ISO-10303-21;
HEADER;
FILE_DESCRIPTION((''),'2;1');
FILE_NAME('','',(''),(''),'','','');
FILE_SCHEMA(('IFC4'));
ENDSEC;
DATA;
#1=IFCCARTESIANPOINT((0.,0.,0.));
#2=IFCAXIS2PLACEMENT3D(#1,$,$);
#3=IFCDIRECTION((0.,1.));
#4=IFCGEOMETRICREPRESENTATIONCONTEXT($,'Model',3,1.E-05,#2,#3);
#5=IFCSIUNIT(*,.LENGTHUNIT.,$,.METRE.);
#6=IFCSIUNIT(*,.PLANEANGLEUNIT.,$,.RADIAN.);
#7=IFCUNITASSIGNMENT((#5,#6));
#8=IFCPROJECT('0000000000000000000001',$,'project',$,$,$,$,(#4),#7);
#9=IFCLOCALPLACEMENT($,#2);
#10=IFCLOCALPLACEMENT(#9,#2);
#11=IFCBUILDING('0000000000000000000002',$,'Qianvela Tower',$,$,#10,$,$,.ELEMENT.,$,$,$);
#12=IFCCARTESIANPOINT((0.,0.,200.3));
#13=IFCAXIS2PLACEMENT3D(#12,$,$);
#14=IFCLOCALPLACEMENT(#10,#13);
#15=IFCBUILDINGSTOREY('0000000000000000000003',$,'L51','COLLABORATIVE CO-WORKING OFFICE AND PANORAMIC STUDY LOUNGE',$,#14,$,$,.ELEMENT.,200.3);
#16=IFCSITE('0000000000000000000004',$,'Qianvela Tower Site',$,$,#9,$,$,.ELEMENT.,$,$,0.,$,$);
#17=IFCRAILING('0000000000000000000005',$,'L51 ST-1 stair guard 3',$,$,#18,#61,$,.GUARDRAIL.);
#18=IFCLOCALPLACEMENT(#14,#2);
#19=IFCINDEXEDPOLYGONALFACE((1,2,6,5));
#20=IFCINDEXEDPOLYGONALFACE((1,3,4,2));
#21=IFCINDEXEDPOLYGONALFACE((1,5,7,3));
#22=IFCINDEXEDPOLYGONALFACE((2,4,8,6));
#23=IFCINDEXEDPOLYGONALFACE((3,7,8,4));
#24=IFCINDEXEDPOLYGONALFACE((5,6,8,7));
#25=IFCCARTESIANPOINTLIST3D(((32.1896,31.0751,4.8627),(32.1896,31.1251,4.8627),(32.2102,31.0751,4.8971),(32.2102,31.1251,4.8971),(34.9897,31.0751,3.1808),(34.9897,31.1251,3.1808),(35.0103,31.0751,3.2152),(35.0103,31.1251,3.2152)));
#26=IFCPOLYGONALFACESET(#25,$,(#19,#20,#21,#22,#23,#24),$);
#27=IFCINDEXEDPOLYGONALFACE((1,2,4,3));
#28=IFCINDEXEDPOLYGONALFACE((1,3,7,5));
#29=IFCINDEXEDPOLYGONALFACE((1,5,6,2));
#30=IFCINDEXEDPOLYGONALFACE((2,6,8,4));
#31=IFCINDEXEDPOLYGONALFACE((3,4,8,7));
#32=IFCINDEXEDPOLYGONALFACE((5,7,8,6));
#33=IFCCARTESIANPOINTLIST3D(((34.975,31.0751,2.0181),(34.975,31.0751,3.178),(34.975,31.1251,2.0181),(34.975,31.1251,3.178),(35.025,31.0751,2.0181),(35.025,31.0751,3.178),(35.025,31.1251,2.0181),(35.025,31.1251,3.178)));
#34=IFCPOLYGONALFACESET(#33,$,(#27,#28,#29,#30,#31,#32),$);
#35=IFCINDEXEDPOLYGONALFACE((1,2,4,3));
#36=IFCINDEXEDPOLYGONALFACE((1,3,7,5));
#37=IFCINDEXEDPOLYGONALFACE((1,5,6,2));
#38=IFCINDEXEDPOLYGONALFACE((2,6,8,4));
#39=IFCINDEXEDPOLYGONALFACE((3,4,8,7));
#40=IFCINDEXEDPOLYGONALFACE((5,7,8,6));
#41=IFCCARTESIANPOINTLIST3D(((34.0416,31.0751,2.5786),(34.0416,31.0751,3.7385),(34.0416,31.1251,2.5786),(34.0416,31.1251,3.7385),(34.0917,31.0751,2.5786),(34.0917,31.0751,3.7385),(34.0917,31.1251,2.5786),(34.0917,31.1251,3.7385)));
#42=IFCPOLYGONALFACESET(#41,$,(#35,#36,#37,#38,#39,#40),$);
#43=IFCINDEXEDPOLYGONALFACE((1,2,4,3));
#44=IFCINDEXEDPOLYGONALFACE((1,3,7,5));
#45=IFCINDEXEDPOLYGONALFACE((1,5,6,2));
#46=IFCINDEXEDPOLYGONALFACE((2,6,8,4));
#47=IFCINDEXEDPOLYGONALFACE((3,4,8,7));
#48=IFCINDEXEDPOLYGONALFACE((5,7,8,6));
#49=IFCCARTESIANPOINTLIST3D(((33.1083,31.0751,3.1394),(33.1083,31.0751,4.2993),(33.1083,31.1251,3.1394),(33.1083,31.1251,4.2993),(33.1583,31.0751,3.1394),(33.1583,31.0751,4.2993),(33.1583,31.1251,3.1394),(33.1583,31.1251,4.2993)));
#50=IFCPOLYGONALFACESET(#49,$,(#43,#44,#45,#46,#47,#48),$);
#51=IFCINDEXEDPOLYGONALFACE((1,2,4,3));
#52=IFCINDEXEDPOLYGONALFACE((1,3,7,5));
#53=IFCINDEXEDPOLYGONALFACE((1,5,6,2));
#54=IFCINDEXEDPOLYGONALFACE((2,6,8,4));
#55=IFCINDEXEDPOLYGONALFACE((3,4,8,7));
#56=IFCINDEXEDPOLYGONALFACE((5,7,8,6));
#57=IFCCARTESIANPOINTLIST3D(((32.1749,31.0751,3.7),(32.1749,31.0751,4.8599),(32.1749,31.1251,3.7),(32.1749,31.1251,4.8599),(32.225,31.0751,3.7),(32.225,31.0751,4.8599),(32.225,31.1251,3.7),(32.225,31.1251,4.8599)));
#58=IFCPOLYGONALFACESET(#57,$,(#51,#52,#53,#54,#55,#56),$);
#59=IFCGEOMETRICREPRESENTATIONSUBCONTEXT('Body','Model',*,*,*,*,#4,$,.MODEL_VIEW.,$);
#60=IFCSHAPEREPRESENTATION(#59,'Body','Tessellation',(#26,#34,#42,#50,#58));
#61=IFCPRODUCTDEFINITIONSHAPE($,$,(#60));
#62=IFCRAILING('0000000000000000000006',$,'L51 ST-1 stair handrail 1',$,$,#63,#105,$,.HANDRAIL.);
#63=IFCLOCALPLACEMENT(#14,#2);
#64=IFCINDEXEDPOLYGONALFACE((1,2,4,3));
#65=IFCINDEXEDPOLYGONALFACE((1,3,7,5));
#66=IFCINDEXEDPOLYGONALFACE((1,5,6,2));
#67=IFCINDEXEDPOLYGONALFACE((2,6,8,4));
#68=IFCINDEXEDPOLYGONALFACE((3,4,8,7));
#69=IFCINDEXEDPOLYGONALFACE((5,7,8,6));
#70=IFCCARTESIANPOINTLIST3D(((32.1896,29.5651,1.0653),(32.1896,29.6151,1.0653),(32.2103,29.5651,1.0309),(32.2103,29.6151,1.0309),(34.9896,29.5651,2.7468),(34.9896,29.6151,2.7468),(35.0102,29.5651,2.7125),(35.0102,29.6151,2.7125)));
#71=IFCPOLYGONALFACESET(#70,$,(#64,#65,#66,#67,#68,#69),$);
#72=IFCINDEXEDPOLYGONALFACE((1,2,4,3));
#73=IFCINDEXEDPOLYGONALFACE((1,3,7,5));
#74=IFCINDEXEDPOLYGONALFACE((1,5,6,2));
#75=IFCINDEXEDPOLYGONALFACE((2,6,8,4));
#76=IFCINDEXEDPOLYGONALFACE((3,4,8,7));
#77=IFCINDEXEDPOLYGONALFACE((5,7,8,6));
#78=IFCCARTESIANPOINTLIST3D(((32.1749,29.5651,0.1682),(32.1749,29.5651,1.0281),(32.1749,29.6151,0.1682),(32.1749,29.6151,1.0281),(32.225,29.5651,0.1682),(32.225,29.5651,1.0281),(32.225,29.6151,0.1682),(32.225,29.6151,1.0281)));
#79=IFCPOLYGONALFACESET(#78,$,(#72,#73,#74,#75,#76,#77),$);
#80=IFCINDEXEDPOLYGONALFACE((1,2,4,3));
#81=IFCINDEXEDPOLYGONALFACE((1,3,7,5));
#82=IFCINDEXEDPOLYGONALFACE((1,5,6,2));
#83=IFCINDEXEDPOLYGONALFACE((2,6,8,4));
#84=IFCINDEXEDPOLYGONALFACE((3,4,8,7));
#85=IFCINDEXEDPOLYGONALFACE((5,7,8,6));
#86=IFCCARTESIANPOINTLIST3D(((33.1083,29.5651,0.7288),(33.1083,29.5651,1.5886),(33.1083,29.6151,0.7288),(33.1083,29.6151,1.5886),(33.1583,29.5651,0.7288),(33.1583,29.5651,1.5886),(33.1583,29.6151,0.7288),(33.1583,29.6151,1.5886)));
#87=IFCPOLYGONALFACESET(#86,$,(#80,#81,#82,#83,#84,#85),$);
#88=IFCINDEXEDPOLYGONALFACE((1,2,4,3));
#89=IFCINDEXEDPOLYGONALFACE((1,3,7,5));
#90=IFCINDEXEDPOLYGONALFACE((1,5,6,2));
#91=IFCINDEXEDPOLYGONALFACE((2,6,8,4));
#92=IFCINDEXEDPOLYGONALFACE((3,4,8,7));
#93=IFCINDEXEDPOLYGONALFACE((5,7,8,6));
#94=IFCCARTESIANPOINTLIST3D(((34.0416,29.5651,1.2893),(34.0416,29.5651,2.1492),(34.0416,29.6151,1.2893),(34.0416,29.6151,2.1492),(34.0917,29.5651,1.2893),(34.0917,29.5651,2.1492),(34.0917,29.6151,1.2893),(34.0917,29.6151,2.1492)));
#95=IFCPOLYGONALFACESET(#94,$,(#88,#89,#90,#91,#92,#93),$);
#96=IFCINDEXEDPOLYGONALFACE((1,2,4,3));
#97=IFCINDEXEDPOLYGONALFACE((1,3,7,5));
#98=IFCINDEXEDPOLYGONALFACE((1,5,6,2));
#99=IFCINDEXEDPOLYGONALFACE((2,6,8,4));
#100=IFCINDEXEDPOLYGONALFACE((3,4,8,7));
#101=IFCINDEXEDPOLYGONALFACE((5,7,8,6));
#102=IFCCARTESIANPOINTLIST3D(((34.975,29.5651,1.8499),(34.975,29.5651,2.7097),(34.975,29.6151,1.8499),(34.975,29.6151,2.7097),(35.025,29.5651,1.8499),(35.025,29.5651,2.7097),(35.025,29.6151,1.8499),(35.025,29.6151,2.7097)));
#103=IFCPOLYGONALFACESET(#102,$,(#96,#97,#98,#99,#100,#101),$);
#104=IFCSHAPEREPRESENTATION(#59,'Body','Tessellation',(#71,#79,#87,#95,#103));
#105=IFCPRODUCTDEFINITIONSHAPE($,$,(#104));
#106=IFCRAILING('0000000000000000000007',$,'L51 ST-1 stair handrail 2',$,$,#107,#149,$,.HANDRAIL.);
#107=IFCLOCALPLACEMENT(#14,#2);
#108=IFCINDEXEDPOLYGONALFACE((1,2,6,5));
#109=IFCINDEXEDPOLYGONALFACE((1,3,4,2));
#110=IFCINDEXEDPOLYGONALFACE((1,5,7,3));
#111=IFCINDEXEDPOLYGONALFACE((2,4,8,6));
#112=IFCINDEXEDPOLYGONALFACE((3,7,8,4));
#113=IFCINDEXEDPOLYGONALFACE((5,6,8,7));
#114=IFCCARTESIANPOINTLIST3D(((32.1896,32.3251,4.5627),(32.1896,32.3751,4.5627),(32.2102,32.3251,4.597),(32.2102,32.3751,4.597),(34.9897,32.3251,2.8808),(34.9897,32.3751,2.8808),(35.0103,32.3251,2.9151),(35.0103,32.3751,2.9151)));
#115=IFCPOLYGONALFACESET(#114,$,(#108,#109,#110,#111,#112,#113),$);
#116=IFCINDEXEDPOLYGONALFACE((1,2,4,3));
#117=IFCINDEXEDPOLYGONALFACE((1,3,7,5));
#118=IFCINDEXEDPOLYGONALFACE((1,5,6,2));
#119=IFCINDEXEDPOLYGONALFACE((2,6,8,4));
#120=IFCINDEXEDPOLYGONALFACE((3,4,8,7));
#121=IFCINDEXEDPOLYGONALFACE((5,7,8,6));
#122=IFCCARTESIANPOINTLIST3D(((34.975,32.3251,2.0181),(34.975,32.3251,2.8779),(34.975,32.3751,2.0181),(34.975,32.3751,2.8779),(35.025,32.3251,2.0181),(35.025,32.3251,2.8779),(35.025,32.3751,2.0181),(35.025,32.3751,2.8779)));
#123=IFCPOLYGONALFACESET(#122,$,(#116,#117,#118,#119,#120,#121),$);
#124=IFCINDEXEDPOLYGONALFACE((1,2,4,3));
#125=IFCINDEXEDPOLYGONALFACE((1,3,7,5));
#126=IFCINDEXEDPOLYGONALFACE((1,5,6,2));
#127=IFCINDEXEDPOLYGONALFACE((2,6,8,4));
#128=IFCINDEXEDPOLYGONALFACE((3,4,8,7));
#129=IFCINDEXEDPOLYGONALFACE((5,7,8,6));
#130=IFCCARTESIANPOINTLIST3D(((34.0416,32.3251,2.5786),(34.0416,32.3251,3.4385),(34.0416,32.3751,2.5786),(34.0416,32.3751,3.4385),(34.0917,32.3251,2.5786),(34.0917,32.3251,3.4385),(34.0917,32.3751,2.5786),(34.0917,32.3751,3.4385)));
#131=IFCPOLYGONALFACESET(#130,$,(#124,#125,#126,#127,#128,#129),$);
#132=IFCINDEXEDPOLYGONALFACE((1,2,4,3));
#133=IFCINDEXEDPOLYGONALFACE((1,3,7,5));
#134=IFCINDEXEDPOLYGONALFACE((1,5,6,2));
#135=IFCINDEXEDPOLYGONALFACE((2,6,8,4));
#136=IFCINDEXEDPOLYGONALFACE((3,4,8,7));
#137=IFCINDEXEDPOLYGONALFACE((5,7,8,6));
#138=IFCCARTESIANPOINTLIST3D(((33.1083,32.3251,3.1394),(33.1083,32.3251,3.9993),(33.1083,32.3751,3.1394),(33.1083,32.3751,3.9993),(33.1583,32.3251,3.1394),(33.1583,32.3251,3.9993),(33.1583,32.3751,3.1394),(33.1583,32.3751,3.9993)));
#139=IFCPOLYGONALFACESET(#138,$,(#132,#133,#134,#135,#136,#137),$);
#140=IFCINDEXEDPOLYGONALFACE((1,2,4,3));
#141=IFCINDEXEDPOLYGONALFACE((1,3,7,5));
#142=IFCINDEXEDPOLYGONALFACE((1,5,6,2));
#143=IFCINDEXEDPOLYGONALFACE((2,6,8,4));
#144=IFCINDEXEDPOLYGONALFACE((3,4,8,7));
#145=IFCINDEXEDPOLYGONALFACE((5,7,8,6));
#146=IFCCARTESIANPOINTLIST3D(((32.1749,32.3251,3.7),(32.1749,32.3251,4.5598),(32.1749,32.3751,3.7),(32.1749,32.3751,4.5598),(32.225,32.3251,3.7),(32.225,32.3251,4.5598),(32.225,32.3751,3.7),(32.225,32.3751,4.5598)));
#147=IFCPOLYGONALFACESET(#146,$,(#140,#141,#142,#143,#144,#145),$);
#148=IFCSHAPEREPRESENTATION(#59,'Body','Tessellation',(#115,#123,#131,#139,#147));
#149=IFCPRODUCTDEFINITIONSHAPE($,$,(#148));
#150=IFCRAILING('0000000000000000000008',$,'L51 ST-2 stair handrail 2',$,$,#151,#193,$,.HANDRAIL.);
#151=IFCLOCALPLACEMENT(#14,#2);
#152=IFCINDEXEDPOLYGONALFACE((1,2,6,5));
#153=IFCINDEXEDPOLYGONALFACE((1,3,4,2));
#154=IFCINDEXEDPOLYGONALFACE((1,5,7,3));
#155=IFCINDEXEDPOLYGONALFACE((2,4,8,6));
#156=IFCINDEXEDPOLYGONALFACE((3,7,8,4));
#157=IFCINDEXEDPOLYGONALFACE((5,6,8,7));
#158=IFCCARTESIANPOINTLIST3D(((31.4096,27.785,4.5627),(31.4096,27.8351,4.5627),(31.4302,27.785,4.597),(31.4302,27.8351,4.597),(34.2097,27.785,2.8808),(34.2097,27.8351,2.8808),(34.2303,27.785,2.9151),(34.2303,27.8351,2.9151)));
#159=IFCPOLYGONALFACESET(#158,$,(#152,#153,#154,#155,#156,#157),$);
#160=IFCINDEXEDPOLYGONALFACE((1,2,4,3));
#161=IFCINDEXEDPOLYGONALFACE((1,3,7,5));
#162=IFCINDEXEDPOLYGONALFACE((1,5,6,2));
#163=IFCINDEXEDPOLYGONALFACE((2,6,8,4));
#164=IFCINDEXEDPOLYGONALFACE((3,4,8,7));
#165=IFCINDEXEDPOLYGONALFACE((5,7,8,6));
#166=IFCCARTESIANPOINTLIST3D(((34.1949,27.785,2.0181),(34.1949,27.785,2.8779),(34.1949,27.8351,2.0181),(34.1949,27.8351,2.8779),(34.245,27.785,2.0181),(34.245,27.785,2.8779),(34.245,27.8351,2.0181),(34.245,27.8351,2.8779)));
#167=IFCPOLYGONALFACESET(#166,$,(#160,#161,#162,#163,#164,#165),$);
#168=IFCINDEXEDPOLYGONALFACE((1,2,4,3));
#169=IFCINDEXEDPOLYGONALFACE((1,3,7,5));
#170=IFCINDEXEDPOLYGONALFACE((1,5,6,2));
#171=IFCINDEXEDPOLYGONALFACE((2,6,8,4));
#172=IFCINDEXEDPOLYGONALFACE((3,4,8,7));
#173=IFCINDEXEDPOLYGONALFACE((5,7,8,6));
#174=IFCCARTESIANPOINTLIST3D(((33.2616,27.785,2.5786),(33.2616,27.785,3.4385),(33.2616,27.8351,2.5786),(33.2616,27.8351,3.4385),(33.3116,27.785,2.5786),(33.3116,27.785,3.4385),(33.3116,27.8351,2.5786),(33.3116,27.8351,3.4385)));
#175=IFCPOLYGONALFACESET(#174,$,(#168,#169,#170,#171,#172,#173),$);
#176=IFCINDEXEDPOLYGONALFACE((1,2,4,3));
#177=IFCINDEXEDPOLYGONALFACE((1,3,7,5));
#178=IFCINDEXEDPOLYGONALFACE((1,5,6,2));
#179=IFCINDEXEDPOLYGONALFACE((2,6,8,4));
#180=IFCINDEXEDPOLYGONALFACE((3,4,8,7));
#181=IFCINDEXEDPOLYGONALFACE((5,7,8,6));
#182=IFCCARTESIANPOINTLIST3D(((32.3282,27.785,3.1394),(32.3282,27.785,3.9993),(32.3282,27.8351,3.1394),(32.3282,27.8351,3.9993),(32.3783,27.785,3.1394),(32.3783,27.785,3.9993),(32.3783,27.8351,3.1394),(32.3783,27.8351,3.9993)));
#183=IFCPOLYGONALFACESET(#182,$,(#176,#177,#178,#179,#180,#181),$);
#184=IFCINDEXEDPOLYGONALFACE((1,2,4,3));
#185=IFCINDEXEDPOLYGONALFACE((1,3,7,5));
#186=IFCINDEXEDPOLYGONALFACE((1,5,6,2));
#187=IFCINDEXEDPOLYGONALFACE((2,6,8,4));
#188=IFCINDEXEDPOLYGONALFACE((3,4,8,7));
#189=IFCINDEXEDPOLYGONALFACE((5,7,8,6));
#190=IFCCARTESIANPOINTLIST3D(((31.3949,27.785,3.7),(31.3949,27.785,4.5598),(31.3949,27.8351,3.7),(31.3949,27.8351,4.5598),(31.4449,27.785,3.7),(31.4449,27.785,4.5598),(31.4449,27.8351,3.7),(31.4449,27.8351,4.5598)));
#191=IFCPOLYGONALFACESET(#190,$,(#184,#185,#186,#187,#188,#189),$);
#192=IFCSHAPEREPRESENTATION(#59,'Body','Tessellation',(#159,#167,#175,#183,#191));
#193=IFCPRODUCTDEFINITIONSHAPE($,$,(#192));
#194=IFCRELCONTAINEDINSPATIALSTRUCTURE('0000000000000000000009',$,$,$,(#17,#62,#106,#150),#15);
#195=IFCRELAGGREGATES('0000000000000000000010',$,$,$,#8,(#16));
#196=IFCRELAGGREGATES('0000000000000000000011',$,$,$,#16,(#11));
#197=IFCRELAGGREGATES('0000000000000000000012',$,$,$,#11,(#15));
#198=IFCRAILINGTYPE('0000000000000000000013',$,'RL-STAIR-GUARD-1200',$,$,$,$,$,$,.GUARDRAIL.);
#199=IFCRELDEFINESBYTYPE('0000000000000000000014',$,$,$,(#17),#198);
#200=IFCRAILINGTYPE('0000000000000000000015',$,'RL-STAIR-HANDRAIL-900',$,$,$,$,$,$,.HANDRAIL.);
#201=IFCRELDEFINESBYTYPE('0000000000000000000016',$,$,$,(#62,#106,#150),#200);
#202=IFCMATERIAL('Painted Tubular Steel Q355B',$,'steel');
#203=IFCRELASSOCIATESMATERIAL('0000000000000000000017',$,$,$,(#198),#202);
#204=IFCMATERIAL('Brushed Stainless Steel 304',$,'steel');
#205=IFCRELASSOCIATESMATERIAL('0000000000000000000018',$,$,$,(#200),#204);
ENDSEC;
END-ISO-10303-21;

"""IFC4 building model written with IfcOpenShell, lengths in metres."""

from ifc_helpers import new_model, si_unit, direction, frame, origin, origin_2d, place, context, subcontext, project, spatial, rectangle, extrude, material, type_object, element, save


model = new_model("IFC4")

# Units and contexts
model_context = context("Model", 3, precision=1e-05, world=origin(), true_north=direction((0.0, 1.0)))
body_context = subcontext(model_context, "Body", "Model", "MODEL_VIEW")
ifc_project = project(units=[si_unit("LENGTHUNIT", "METRE"), si_unit("PLANEANGLEUNIT", "RADIAN")], contexts=[model_context])

# Site, building, storey
site_placement = place(None, origin())
site = spatial("IfcSite", under=ifc_project, at=site_placement, Name="Qianvela Tower Site", CompositionType="ELEMENT", RefElevation=0.0)
building_placement = place(site_placement, origin())
building = spatial("IfcBuilding", under=site, at=building_placement, Name="Qianvela Tower", CompositionType="ELEMENT")
storey_placement = place(building_placement, frame((0.0, 0.0, 200.3)))
storey = spatial("IfcBuildingStorey", under=building, at=storey_placement, Name="L51", Description="COLLABORATIVE CO-WORKING OFFICE AND PANORAMIC STUDY LOUNGE", CompositionType="ELEMENT", Elevation=200.3)

# Railings
ifc_material_1 = material(Name="Painted Tubular Steel Q355B", Category="steel")
railing_type_1 = type_object("IfcRailingType", Name="RL-STAIR-GUARD-1200", PredefinedType="GUARDRAIL", material=ifc_material_1)
railing_1_placement = place(storey_placement, frame((35.0, 31.1001, 2.0181)))
element("IfcRailing", 1, at=railing_1_placement, inside=storey, type_object=railing_type_1, Name="L51 ST-1 stair guard 3", PredefinedType="GUARDRAIL", context=body_context, shape_type="SweptSolid", body=[
    extrude(rectangle(XDim=0.05, YDim=0.04, at=origin_2d()), frame((0.0, 0.0, 1.1799), z_axis=(-0.857242, 0.0, 0.514913), x_axis=(0.0, -1.0, 0.0)), (0.0, 0.0, 1.0), 3.2664),
    extrude(rectangle(XDim=0.05, YDim=0.05, at=origin_2d()), origin(), (0.0, 0.0, 1.0), 1.1599),
    extrude(rectangle(XDim=0.05, YDim=0.05, at=origin_2d()), frame((-0.9333, 0.0, 0.5605)), (0.0, 0.0, 1.0), 1.1599),
    extrude(rectangle(XDim=0.05, YDim=0.05, at=origin_2d()), frame((-1.8667, 0.0, 1.1213)), (0.0, 0.0, 1.0), 1.1599),
    extrude(rectangle(XDim=0.05, YDim=0.05, at=origin_2d()), frame((-2.8, 0.0, 1.6819)), (0.0, 0.0, 1.0), 1.1599),
])
ifc_material_2 = material(Name="Brushed Stainless Steel 304", Category="steel")
railing_type_2 = type_object("IfcRailingType", Name="RL-STAIR-HANDRAIL-900", PredefinedType="HANDRAIL", material=ifc_material_2)
railing_2_placement = place(storey_placement, frame((32.2, 29.5901, 0.1682)))
element("IfcRailing", 2, at=railing_2_placement, inside=storey, type_object=railing_type_2, Name="L51 ST-1 stair handrail 1", PredefinedType="HANDRAIL", context=body_context, shape_type="SweptSolid", body=[
    extrude(rectangle(XDim=0.05, YDim=0.04, at=origin_2d()), frame((0.0, 0.0, 0.8799), z_axis=(0.857275, 0.0, 0.514858), x_axis=(0.0, 1.0, 0.0)), (0.0, 0.0, 1.0), 3.2661),
    extrude(rectangle(XDim=0.05, YDim=0.05, at=origin_2d()), origin(), (0.0, 0.0, 1.0), 0.8599),
    extrude(rectangle(XDim=0.05, YDim=0.05, at=origin_2d()), frame((0.9333, 0.0, 0.5605)), (0.0, 0.0, 1.0), 0.8599),
    extrude(rectangle(XDim=0.05, YDim=0.05, at=origin_2d()), frame((1.8667, 0.0, 1.1211)), (0.0, 0.0, 1.0), 0.8599),
    extrude(rectangle(XDim=0.05, YDim=0.05, at=origin_2d()), frame((2.8, 0.0, 1.6816)), (0.0, 0.0, 1.0), 0.8599),
])
for number, where, name in (
    (3, (35.0, 32.3501, 2.0181), "L51 ST-1 stair handrail 2"),
    (4, (34.22, 27.8101, 2.0181), "L51 ST-2 stair handrail 2"),
):
    element("IfcRailing", number, at=place(storey_placement, frame(where)), inside=storey, type_object=railing_type_2, Name=name, PredefinedType="HANDRAIL", context=body_context, shape_type="SweptSolid", body=[
        extrude(rectangle(XDim=0.05, YDim=0.04, at=origin_2d()), frame((0.0, 0.0, 0.8799), z_axis=(-0.857242, 0.0, 0.514913), x_axis=(0.0, -1.0, 0.0)), (0.0, 0.0, 1.0), 3.2664),
        extrude(rectangle(XDim=0.05, YDim=0.05, at=origin_2d()), origin(), (0.0, 0.0, 1.0), 0.8599),
        extrude(rectangle(XDim=0.05, YDim=0.05, at=origin_2d()), frame((-0.9333, 0.0, 0.5605)), (0.0, 0.0, 1.0), 0.8599),
        extrude(rectangle(XDim=0.05, YDim=0.05, at=origin_2d()), frame((-1.8667, 0.0, 1.1213)), (0.0, 0.0, 1.0), 0.8599),
        extrude(rectangle(XDim=0.05, YDim=0.05, at=origin_2d()), frame((-2.8, 0.0, 1.6819)), (0.0, 0.0, 1.0), 0.8599),
    ])

save(model, "model.ifc")
